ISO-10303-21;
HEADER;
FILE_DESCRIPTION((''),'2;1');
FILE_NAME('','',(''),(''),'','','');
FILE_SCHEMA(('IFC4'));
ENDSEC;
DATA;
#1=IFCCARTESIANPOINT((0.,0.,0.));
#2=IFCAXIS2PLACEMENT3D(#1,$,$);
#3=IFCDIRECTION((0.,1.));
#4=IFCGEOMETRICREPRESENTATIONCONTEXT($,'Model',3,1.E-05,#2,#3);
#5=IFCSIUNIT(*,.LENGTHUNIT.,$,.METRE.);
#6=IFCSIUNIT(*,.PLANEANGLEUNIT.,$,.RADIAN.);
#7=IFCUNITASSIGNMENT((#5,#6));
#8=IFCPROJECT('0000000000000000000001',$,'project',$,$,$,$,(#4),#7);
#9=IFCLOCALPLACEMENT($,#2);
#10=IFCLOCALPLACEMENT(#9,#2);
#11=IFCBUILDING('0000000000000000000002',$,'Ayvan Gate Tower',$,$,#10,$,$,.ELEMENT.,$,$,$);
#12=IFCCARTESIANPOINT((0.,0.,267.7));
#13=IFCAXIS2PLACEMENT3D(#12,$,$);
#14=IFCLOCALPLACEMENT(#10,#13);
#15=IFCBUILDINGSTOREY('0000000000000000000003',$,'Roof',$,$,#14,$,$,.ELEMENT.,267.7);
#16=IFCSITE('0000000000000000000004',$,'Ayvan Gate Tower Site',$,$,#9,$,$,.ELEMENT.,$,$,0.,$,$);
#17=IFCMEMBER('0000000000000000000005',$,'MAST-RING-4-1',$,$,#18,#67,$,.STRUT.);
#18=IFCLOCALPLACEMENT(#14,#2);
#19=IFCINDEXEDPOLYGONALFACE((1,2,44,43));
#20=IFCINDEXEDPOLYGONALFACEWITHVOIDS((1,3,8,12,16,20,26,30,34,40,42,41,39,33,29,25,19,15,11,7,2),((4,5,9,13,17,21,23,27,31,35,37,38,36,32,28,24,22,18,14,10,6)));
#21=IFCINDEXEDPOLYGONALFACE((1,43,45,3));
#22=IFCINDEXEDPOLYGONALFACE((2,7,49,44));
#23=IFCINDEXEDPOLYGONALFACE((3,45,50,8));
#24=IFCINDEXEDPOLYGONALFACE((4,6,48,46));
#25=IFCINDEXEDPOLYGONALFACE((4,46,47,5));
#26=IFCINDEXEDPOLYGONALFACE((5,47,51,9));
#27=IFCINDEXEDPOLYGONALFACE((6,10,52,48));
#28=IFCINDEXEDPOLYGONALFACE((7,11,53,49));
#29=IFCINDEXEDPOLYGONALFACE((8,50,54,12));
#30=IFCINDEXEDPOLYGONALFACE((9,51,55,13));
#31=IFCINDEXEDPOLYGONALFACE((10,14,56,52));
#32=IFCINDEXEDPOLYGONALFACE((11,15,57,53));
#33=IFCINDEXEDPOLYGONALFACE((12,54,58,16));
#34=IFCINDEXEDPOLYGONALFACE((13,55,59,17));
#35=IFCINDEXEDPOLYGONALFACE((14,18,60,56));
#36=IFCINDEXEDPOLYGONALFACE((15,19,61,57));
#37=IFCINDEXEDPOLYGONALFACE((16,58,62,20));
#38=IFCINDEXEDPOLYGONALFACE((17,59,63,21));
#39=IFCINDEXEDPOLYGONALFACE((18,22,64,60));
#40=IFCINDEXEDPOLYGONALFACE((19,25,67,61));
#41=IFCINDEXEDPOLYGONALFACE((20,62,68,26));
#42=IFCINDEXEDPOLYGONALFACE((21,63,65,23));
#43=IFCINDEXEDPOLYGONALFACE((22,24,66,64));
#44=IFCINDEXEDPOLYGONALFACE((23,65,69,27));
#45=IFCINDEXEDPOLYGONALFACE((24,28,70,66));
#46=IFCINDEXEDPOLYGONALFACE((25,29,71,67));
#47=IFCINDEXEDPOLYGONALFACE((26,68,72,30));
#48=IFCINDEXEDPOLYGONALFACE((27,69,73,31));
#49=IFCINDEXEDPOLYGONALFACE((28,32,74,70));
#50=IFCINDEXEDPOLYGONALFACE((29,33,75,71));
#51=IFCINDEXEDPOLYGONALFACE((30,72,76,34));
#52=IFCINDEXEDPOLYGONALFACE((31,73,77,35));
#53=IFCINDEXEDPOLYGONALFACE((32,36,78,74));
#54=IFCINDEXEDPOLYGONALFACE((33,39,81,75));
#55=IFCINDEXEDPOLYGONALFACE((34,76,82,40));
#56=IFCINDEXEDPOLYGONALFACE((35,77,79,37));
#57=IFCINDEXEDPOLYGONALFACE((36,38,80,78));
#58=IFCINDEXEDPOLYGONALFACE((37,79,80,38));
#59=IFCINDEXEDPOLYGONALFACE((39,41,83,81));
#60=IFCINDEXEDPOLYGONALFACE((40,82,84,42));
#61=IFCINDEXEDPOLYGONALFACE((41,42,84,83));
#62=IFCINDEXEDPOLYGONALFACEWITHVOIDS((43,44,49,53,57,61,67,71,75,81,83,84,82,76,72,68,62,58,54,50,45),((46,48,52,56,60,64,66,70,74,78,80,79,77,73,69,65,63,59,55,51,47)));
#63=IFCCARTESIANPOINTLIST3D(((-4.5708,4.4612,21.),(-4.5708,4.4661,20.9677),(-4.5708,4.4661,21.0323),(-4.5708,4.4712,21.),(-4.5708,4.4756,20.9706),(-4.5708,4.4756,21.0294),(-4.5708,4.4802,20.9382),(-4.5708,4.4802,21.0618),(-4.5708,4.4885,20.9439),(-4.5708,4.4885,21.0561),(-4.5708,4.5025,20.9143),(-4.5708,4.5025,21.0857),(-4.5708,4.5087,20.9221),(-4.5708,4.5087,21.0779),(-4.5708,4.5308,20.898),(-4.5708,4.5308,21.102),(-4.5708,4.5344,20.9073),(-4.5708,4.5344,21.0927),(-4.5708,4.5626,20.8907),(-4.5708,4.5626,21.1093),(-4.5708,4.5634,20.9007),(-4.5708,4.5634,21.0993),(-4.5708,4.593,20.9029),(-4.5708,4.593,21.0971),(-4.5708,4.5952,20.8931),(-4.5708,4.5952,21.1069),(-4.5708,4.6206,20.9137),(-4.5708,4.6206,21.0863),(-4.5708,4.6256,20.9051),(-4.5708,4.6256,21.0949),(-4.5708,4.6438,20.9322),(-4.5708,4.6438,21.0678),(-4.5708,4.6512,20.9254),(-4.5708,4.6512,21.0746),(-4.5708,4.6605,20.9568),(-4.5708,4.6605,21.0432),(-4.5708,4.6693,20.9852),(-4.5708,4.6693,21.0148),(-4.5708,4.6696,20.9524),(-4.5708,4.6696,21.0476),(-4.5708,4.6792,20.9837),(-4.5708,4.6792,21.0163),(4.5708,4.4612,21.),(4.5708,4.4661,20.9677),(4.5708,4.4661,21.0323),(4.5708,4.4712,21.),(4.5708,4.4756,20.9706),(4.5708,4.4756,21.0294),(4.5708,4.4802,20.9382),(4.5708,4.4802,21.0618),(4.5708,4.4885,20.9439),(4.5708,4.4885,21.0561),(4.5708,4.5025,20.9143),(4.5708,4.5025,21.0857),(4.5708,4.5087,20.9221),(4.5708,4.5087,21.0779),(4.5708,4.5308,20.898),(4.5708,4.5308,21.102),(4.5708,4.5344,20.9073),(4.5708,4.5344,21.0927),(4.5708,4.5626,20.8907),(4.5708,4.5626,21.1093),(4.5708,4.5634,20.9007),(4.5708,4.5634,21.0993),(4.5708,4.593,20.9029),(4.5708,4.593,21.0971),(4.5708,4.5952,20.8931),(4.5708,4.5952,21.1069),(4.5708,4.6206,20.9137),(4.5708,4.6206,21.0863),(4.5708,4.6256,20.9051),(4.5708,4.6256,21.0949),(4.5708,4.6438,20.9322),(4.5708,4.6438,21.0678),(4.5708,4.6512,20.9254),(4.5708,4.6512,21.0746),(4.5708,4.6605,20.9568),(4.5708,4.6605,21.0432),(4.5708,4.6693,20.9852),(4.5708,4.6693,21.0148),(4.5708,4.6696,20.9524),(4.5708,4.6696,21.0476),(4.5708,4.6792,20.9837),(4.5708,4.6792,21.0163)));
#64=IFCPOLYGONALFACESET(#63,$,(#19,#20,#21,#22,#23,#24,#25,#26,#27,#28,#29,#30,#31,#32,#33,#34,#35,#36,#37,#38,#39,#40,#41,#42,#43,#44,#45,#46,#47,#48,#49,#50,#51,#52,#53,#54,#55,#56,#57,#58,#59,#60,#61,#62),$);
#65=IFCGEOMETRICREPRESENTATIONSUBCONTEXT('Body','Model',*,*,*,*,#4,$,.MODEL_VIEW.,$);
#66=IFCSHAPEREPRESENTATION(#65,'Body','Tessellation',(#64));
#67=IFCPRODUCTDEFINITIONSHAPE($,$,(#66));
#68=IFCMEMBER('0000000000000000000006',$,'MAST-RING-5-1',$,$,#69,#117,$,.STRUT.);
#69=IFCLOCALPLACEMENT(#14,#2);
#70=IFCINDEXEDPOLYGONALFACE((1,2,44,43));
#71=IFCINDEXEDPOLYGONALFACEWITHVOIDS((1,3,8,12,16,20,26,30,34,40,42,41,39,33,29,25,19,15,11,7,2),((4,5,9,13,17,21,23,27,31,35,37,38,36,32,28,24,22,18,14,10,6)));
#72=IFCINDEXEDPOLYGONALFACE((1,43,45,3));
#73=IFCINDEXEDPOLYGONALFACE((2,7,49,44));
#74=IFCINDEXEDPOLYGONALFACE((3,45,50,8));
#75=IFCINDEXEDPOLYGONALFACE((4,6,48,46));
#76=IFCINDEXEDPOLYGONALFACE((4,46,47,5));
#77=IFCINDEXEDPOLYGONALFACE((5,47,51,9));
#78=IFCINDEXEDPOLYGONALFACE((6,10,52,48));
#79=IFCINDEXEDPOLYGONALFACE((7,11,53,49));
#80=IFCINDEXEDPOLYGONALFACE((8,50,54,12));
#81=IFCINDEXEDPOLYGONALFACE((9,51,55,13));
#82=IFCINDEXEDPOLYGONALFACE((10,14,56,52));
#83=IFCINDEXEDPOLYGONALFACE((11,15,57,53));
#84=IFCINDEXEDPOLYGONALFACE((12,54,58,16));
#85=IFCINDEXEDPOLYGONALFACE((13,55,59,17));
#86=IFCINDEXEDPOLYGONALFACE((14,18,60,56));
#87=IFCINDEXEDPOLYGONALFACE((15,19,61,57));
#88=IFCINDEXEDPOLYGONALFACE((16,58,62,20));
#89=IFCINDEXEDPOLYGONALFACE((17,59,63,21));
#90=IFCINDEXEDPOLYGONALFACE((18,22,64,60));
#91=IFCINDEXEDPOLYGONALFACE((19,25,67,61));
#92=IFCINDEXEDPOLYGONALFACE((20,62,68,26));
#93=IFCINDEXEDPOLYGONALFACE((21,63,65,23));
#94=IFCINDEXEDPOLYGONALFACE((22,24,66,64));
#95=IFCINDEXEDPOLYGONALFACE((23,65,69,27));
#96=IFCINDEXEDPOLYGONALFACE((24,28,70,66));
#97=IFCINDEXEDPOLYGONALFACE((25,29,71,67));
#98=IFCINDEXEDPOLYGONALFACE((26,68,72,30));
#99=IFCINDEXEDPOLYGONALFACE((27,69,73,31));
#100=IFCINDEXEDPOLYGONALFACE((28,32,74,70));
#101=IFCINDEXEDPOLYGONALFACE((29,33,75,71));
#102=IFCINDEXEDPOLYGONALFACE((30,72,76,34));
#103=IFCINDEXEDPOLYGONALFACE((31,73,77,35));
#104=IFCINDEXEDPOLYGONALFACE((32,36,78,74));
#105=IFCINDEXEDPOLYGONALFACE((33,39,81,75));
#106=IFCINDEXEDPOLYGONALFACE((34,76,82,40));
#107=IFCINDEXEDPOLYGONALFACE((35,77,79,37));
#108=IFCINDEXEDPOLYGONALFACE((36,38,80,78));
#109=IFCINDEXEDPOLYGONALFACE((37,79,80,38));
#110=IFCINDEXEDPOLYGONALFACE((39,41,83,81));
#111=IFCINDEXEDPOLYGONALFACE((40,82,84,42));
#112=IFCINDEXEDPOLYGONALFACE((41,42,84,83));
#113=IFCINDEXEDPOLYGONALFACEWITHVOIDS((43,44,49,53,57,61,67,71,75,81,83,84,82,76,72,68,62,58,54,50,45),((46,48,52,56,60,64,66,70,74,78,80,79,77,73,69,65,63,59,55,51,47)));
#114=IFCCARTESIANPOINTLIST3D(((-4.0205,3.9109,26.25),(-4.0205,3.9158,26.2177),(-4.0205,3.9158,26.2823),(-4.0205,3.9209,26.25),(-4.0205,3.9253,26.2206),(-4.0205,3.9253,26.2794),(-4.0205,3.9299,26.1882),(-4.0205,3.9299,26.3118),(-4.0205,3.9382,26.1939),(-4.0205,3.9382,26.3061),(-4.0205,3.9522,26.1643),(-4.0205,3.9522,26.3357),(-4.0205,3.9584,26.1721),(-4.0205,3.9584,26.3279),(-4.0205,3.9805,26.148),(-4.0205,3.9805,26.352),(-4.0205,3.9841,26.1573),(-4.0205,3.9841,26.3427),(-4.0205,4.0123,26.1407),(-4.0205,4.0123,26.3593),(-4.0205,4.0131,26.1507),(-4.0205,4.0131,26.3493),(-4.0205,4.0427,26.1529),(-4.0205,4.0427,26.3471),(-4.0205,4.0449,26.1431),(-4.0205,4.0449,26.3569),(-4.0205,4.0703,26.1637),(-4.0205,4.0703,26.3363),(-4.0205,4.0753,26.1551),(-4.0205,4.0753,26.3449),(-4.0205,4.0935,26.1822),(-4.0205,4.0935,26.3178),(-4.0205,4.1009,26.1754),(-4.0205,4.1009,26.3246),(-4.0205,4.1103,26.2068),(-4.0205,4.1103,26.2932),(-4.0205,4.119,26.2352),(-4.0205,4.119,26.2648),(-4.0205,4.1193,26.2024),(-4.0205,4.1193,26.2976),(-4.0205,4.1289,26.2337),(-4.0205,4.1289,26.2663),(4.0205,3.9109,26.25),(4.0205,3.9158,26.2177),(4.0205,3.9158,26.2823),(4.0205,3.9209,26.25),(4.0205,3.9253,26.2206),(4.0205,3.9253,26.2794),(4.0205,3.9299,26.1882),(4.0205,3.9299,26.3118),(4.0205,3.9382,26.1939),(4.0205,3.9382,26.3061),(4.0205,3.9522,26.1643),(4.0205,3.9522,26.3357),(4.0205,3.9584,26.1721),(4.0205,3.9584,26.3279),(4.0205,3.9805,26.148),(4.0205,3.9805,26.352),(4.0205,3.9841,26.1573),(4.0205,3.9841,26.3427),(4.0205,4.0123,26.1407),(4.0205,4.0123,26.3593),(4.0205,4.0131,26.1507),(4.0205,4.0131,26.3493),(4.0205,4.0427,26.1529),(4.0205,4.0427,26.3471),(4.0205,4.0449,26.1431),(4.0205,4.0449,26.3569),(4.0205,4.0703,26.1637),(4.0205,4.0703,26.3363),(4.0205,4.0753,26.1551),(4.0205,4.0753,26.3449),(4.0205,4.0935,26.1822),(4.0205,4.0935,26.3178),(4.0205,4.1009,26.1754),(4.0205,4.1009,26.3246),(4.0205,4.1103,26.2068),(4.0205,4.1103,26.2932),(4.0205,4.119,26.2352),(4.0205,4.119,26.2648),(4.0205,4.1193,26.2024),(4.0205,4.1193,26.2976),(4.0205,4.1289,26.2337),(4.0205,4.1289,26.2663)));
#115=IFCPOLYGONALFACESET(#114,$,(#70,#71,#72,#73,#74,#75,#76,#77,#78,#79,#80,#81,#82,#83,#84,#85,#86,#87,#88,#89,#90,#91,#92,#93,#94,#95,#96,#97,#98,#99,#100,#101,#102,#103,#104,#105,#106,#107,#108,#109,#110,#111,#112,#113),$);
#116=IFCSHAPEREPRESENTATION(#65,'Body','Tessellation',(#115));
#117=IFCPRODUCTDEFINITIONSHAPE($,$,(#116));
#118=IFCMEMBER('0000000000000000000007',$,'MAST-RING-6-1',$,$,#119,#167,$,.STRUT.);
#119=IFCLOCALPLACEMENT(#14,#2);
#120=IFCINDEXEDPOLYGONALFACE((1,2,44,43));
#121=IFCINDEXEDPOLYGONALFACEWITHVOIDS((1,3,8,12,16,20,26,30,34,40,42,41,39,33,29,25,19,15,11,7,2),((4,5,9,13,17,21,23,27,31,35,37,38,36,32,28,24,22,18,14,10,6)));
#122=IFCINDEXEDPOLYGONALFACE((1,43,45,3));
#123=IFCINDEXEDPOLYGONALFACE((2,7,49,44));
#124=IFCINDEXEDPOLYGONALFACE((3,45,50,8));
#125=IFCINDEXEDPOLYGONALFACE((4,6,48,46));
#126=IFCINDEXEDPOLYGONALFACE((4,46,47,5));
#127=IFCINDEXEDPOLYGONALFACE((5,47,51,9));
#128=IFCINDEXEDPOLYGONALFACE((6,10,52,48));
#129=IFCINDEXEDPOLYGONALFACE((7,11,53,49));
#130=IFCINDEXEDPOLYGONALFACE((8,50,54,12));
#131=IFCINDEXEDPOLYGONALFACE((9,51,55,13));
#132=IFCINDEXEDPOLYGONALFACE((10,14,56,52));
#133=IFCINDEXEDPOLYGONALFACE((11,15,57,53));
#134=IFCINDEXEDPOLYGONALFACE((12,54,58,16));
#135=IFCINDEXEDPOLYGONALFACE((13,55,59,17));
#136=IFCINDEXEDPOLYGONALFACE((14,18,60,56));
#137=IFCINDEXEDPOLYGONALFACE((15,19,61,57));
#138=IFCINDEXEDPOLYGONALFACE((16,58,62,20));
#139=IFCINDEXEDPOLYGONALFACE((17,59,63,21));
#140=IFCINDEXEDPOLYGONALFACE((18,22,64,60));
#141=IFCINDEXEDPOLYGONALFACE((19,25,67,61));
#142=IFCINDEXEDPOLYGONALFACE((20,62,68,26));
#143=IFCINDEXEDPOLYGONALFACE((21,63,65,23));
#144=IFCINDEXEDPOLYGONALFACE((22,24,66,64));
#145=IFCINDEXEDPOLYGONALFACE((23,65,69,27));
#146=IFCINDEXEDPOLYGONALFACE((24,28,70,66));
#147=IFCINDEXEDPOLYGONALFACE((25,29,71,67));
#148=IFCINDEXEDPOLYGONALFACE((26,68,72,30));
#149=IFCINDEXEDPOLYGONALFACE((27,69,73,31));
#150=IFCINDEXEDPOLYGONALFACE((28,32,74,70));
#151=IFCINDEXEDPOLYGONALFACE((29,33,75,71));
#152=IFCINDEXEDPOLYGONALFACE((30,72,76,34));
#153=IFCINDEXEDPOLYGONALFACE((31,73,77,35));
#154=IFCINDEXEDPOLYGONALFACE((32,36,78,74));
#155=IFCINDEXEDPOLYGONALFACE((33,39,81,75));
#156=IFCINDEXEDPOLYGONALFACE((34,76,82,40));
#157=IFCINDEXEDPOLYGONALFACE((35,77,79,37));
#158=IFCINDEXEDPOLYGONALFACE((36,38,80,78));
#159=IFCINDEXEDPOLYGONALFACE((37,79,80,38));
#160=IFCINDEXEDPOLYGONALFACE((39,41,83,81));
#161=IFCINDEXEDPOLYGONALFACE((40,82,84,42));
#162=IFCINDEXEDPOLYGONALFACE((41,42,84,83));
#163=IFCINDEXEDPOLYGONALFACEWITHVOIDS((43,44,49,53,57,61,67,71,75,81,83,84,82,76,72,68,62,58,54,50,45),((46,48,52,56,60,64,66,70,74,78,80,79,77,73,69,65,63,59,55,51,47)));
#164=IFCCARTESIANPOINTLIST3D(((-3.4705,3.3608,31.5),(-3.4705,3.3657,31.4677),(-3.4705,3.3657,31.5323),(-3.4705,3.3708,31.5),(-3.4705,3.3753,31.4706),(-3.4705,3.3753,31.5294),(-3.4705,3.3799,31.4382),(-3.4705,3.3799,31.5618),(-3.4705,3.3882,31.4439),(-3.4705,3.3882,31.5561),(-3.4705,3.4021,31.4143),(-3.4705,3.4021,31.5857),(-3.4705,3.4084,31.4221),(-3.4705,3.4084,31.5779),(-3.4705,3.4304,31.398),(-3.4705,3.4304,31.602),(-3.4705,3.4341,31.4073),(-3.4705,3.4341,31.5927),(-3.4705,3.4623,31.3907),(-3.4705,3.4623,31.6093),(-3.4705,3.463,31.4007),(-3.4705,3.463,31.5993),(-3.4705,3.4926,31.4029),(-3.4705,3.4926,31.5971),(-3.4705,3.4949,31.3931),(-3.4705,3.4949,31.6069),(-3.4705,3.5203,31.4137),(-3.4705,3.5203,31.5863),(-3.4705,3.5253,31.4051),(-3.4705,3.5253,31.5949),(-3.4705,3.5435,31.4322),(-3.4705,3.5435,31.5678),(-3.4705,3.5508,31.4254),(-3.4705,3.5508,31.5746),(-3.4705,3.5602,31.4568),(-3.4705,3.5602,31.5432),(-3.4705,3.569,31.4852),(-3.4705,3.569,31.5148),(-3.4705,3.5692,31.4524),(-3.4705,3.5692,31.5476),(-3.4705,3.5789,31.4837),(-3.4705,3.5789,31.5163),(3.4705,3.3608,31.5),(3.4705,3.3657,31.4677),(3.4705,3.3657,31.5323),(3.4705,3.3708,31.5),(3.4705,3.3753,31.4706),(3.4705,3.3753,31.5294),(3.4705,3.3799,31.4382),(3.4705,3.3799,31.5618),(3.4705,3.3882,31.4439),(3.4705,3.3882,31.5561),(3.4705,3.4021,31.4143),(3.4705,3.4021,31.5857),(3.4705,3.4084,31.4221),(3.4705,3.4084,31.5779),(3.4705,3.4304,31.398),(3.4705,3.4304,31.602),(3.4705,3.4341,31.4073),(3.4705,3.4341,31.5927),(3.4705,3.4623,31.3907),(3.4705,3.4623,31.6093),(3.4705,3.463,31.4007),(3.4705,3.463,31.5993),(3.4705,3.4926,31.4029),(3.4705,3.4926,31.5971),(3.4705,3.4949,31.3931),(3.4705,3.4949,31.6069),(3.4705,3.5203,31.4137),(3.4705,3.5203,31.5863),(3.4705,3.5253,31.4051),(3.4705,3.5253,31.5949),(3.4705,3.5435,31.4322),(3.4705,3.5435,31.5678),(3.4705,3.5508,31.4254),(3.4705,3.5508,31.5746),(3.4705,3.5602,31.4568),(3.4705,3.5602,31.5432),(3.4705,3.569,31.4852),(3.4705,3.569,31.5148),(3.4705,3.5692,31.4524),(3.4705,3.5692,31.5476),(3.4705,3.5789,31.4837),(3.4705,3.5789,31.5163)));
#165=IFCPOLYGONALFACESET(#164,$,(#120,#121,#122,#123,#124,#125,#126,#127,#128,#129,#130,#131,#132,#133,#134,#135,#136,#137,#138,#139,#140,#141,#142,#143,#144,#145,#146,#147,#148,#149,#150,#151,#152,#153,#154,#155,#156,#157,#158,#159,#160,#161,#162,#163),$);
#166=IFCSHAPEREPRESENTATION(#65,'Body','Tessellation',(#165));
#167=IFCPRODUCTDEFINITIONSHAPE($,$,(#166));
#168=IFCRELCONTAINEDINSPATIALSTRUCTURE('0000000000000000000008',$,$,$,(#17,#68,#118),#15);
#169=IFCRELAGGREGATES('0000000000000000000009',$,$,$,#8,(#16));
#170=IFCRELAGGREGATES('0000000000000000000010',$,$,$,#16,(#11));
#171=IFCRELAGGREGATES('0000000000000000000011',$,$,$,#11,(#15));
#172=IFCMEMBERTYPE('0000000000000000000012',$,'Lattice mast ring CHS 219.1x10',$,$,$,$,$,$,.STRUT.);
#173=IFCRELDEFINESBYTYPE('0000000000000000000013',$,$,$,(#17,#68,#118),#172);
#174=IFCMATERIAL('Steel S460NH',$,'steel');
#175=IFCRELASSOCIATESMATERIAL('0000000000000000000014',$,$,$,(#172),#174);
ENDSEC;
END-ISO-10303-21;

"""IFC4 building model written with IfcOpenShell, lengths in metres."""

from ifc_helpers import new_model, si_unit, direction, frame, origin, origin_2d, place, context, subcontext, project, spatial, hollow_circle, extrude, material, material_profile, profile_set, type_object, element, save


model = new_model("IFC4")

# Units and contexts
model_context = context("Model", 3, precision=1e-05, world=origin(), true_north=direction((0.0, 1.0)))
body_context = subcontext(model_context, "Body", "Model", "MODEL_VIEW")
ifc_project = project(units=[si_unit("LENGTHUNIT", "METRE"), si_unit("PLANEANGLEUNIT", "RADIAN")], contexts=[model_context])

# Site, building, storey
site_placement = place(None, origin())
site = spatial("IfcSite", under=ifc_project, at=site_placement, Name="Ayvan Gate Tower Site", CompositionType="ELEMENT", RefElevation=0.0)
building_placement = place(site_placement, origin())
building = spatial("IfcBuilding", under=site, at=building_placement, Name="Ayvan Gate Tower", CompositionType="ELEMENT")
storey_placement = place(building_placement, frame((0.0, 0.0, 267.7)))
storey = spatial("IfcBuildingStorey", under=building, at=storey_placement, Name="Roof", CompositionType="ELEMENT", Elevation=267.7)

# Members
ifc_material_1 = material(Name="Steel S460NH", Category="steel")
ifc_material_profile_1 = material_profile(ifc_material_1, hollow_circle(Radius=0.1096, WallThickness=0.01, at=origin_2d()), Name="CHS 219.1x10")
ifc_profile_set_1 = profile_set([ifc_material_profile_1], Name="Steel S460NH")
member_type_1 = type_object("IfcMemberType", Name="Lattice mast ring CHS 219.1x10", PredefinedType="STRUT", material=ifc_profile_set_1)
member_1_placement = place(storey_placement, frame((4.5708, 4.5708, 21.0), z_axis=(-1.0, 0.0, 0.0), x_axis=(0.0, -1.0, 0.0)))
element("IfcMember", 1, at=member_1_placement, inside=storey, type_object=member_type_1, Name="MAST-RING-4-1", PredefinedType="STRUT", context=body_context, shape_type="SweptSolid", body=[
    extrude(hollow_circle(Radius=0.1096, WallThickness=0.01, at=origin_2d()), origin(), (0.0, 0.0, 1.0), 9.1416),
])
member_2_placement = place(storey_placement, frame((4.0205, 4.0205, 26.25), z_axis=(-1.0, 0.0, 0.0), x_axis=(0.0, -1.0, 0.0)))
element("IfcMember", 2, at=member_2_placement, inside=storey, type_object=member_type_1, Name="MAST-RING-5-1", PredefinedType="STRUT", context=body_context, shape_type="SweptSolid", body=[
    extrude(hollow_circle(Radius=0.1096, WallThickness=0.01, at=origin_2d()), origin(), (0.0, 0.0, 1.0), 8.041),
])
member_3_placement = place(storey_placement, frame((3.4705, 3.4705, 31.5), z_axis=(-1.0, 0.0, 0.0), x_axis=(0.0, -1.0, 0.0)))
element("IfcMember", 3, at=member_3_placement, inside=storey, type_object=member_type_1, Name="MAST-RING-6-1", PredefinedType="STRUT", context=body_context, shape_type="SweptSolid", body=[
    extrude(hollow_circle(Radius=0.1096, WallThickness=0.01, at=origin_2d()), origin(), (0.0, 0.0, 1.0), 6.9409),
])

save(model, "model.ifc")
